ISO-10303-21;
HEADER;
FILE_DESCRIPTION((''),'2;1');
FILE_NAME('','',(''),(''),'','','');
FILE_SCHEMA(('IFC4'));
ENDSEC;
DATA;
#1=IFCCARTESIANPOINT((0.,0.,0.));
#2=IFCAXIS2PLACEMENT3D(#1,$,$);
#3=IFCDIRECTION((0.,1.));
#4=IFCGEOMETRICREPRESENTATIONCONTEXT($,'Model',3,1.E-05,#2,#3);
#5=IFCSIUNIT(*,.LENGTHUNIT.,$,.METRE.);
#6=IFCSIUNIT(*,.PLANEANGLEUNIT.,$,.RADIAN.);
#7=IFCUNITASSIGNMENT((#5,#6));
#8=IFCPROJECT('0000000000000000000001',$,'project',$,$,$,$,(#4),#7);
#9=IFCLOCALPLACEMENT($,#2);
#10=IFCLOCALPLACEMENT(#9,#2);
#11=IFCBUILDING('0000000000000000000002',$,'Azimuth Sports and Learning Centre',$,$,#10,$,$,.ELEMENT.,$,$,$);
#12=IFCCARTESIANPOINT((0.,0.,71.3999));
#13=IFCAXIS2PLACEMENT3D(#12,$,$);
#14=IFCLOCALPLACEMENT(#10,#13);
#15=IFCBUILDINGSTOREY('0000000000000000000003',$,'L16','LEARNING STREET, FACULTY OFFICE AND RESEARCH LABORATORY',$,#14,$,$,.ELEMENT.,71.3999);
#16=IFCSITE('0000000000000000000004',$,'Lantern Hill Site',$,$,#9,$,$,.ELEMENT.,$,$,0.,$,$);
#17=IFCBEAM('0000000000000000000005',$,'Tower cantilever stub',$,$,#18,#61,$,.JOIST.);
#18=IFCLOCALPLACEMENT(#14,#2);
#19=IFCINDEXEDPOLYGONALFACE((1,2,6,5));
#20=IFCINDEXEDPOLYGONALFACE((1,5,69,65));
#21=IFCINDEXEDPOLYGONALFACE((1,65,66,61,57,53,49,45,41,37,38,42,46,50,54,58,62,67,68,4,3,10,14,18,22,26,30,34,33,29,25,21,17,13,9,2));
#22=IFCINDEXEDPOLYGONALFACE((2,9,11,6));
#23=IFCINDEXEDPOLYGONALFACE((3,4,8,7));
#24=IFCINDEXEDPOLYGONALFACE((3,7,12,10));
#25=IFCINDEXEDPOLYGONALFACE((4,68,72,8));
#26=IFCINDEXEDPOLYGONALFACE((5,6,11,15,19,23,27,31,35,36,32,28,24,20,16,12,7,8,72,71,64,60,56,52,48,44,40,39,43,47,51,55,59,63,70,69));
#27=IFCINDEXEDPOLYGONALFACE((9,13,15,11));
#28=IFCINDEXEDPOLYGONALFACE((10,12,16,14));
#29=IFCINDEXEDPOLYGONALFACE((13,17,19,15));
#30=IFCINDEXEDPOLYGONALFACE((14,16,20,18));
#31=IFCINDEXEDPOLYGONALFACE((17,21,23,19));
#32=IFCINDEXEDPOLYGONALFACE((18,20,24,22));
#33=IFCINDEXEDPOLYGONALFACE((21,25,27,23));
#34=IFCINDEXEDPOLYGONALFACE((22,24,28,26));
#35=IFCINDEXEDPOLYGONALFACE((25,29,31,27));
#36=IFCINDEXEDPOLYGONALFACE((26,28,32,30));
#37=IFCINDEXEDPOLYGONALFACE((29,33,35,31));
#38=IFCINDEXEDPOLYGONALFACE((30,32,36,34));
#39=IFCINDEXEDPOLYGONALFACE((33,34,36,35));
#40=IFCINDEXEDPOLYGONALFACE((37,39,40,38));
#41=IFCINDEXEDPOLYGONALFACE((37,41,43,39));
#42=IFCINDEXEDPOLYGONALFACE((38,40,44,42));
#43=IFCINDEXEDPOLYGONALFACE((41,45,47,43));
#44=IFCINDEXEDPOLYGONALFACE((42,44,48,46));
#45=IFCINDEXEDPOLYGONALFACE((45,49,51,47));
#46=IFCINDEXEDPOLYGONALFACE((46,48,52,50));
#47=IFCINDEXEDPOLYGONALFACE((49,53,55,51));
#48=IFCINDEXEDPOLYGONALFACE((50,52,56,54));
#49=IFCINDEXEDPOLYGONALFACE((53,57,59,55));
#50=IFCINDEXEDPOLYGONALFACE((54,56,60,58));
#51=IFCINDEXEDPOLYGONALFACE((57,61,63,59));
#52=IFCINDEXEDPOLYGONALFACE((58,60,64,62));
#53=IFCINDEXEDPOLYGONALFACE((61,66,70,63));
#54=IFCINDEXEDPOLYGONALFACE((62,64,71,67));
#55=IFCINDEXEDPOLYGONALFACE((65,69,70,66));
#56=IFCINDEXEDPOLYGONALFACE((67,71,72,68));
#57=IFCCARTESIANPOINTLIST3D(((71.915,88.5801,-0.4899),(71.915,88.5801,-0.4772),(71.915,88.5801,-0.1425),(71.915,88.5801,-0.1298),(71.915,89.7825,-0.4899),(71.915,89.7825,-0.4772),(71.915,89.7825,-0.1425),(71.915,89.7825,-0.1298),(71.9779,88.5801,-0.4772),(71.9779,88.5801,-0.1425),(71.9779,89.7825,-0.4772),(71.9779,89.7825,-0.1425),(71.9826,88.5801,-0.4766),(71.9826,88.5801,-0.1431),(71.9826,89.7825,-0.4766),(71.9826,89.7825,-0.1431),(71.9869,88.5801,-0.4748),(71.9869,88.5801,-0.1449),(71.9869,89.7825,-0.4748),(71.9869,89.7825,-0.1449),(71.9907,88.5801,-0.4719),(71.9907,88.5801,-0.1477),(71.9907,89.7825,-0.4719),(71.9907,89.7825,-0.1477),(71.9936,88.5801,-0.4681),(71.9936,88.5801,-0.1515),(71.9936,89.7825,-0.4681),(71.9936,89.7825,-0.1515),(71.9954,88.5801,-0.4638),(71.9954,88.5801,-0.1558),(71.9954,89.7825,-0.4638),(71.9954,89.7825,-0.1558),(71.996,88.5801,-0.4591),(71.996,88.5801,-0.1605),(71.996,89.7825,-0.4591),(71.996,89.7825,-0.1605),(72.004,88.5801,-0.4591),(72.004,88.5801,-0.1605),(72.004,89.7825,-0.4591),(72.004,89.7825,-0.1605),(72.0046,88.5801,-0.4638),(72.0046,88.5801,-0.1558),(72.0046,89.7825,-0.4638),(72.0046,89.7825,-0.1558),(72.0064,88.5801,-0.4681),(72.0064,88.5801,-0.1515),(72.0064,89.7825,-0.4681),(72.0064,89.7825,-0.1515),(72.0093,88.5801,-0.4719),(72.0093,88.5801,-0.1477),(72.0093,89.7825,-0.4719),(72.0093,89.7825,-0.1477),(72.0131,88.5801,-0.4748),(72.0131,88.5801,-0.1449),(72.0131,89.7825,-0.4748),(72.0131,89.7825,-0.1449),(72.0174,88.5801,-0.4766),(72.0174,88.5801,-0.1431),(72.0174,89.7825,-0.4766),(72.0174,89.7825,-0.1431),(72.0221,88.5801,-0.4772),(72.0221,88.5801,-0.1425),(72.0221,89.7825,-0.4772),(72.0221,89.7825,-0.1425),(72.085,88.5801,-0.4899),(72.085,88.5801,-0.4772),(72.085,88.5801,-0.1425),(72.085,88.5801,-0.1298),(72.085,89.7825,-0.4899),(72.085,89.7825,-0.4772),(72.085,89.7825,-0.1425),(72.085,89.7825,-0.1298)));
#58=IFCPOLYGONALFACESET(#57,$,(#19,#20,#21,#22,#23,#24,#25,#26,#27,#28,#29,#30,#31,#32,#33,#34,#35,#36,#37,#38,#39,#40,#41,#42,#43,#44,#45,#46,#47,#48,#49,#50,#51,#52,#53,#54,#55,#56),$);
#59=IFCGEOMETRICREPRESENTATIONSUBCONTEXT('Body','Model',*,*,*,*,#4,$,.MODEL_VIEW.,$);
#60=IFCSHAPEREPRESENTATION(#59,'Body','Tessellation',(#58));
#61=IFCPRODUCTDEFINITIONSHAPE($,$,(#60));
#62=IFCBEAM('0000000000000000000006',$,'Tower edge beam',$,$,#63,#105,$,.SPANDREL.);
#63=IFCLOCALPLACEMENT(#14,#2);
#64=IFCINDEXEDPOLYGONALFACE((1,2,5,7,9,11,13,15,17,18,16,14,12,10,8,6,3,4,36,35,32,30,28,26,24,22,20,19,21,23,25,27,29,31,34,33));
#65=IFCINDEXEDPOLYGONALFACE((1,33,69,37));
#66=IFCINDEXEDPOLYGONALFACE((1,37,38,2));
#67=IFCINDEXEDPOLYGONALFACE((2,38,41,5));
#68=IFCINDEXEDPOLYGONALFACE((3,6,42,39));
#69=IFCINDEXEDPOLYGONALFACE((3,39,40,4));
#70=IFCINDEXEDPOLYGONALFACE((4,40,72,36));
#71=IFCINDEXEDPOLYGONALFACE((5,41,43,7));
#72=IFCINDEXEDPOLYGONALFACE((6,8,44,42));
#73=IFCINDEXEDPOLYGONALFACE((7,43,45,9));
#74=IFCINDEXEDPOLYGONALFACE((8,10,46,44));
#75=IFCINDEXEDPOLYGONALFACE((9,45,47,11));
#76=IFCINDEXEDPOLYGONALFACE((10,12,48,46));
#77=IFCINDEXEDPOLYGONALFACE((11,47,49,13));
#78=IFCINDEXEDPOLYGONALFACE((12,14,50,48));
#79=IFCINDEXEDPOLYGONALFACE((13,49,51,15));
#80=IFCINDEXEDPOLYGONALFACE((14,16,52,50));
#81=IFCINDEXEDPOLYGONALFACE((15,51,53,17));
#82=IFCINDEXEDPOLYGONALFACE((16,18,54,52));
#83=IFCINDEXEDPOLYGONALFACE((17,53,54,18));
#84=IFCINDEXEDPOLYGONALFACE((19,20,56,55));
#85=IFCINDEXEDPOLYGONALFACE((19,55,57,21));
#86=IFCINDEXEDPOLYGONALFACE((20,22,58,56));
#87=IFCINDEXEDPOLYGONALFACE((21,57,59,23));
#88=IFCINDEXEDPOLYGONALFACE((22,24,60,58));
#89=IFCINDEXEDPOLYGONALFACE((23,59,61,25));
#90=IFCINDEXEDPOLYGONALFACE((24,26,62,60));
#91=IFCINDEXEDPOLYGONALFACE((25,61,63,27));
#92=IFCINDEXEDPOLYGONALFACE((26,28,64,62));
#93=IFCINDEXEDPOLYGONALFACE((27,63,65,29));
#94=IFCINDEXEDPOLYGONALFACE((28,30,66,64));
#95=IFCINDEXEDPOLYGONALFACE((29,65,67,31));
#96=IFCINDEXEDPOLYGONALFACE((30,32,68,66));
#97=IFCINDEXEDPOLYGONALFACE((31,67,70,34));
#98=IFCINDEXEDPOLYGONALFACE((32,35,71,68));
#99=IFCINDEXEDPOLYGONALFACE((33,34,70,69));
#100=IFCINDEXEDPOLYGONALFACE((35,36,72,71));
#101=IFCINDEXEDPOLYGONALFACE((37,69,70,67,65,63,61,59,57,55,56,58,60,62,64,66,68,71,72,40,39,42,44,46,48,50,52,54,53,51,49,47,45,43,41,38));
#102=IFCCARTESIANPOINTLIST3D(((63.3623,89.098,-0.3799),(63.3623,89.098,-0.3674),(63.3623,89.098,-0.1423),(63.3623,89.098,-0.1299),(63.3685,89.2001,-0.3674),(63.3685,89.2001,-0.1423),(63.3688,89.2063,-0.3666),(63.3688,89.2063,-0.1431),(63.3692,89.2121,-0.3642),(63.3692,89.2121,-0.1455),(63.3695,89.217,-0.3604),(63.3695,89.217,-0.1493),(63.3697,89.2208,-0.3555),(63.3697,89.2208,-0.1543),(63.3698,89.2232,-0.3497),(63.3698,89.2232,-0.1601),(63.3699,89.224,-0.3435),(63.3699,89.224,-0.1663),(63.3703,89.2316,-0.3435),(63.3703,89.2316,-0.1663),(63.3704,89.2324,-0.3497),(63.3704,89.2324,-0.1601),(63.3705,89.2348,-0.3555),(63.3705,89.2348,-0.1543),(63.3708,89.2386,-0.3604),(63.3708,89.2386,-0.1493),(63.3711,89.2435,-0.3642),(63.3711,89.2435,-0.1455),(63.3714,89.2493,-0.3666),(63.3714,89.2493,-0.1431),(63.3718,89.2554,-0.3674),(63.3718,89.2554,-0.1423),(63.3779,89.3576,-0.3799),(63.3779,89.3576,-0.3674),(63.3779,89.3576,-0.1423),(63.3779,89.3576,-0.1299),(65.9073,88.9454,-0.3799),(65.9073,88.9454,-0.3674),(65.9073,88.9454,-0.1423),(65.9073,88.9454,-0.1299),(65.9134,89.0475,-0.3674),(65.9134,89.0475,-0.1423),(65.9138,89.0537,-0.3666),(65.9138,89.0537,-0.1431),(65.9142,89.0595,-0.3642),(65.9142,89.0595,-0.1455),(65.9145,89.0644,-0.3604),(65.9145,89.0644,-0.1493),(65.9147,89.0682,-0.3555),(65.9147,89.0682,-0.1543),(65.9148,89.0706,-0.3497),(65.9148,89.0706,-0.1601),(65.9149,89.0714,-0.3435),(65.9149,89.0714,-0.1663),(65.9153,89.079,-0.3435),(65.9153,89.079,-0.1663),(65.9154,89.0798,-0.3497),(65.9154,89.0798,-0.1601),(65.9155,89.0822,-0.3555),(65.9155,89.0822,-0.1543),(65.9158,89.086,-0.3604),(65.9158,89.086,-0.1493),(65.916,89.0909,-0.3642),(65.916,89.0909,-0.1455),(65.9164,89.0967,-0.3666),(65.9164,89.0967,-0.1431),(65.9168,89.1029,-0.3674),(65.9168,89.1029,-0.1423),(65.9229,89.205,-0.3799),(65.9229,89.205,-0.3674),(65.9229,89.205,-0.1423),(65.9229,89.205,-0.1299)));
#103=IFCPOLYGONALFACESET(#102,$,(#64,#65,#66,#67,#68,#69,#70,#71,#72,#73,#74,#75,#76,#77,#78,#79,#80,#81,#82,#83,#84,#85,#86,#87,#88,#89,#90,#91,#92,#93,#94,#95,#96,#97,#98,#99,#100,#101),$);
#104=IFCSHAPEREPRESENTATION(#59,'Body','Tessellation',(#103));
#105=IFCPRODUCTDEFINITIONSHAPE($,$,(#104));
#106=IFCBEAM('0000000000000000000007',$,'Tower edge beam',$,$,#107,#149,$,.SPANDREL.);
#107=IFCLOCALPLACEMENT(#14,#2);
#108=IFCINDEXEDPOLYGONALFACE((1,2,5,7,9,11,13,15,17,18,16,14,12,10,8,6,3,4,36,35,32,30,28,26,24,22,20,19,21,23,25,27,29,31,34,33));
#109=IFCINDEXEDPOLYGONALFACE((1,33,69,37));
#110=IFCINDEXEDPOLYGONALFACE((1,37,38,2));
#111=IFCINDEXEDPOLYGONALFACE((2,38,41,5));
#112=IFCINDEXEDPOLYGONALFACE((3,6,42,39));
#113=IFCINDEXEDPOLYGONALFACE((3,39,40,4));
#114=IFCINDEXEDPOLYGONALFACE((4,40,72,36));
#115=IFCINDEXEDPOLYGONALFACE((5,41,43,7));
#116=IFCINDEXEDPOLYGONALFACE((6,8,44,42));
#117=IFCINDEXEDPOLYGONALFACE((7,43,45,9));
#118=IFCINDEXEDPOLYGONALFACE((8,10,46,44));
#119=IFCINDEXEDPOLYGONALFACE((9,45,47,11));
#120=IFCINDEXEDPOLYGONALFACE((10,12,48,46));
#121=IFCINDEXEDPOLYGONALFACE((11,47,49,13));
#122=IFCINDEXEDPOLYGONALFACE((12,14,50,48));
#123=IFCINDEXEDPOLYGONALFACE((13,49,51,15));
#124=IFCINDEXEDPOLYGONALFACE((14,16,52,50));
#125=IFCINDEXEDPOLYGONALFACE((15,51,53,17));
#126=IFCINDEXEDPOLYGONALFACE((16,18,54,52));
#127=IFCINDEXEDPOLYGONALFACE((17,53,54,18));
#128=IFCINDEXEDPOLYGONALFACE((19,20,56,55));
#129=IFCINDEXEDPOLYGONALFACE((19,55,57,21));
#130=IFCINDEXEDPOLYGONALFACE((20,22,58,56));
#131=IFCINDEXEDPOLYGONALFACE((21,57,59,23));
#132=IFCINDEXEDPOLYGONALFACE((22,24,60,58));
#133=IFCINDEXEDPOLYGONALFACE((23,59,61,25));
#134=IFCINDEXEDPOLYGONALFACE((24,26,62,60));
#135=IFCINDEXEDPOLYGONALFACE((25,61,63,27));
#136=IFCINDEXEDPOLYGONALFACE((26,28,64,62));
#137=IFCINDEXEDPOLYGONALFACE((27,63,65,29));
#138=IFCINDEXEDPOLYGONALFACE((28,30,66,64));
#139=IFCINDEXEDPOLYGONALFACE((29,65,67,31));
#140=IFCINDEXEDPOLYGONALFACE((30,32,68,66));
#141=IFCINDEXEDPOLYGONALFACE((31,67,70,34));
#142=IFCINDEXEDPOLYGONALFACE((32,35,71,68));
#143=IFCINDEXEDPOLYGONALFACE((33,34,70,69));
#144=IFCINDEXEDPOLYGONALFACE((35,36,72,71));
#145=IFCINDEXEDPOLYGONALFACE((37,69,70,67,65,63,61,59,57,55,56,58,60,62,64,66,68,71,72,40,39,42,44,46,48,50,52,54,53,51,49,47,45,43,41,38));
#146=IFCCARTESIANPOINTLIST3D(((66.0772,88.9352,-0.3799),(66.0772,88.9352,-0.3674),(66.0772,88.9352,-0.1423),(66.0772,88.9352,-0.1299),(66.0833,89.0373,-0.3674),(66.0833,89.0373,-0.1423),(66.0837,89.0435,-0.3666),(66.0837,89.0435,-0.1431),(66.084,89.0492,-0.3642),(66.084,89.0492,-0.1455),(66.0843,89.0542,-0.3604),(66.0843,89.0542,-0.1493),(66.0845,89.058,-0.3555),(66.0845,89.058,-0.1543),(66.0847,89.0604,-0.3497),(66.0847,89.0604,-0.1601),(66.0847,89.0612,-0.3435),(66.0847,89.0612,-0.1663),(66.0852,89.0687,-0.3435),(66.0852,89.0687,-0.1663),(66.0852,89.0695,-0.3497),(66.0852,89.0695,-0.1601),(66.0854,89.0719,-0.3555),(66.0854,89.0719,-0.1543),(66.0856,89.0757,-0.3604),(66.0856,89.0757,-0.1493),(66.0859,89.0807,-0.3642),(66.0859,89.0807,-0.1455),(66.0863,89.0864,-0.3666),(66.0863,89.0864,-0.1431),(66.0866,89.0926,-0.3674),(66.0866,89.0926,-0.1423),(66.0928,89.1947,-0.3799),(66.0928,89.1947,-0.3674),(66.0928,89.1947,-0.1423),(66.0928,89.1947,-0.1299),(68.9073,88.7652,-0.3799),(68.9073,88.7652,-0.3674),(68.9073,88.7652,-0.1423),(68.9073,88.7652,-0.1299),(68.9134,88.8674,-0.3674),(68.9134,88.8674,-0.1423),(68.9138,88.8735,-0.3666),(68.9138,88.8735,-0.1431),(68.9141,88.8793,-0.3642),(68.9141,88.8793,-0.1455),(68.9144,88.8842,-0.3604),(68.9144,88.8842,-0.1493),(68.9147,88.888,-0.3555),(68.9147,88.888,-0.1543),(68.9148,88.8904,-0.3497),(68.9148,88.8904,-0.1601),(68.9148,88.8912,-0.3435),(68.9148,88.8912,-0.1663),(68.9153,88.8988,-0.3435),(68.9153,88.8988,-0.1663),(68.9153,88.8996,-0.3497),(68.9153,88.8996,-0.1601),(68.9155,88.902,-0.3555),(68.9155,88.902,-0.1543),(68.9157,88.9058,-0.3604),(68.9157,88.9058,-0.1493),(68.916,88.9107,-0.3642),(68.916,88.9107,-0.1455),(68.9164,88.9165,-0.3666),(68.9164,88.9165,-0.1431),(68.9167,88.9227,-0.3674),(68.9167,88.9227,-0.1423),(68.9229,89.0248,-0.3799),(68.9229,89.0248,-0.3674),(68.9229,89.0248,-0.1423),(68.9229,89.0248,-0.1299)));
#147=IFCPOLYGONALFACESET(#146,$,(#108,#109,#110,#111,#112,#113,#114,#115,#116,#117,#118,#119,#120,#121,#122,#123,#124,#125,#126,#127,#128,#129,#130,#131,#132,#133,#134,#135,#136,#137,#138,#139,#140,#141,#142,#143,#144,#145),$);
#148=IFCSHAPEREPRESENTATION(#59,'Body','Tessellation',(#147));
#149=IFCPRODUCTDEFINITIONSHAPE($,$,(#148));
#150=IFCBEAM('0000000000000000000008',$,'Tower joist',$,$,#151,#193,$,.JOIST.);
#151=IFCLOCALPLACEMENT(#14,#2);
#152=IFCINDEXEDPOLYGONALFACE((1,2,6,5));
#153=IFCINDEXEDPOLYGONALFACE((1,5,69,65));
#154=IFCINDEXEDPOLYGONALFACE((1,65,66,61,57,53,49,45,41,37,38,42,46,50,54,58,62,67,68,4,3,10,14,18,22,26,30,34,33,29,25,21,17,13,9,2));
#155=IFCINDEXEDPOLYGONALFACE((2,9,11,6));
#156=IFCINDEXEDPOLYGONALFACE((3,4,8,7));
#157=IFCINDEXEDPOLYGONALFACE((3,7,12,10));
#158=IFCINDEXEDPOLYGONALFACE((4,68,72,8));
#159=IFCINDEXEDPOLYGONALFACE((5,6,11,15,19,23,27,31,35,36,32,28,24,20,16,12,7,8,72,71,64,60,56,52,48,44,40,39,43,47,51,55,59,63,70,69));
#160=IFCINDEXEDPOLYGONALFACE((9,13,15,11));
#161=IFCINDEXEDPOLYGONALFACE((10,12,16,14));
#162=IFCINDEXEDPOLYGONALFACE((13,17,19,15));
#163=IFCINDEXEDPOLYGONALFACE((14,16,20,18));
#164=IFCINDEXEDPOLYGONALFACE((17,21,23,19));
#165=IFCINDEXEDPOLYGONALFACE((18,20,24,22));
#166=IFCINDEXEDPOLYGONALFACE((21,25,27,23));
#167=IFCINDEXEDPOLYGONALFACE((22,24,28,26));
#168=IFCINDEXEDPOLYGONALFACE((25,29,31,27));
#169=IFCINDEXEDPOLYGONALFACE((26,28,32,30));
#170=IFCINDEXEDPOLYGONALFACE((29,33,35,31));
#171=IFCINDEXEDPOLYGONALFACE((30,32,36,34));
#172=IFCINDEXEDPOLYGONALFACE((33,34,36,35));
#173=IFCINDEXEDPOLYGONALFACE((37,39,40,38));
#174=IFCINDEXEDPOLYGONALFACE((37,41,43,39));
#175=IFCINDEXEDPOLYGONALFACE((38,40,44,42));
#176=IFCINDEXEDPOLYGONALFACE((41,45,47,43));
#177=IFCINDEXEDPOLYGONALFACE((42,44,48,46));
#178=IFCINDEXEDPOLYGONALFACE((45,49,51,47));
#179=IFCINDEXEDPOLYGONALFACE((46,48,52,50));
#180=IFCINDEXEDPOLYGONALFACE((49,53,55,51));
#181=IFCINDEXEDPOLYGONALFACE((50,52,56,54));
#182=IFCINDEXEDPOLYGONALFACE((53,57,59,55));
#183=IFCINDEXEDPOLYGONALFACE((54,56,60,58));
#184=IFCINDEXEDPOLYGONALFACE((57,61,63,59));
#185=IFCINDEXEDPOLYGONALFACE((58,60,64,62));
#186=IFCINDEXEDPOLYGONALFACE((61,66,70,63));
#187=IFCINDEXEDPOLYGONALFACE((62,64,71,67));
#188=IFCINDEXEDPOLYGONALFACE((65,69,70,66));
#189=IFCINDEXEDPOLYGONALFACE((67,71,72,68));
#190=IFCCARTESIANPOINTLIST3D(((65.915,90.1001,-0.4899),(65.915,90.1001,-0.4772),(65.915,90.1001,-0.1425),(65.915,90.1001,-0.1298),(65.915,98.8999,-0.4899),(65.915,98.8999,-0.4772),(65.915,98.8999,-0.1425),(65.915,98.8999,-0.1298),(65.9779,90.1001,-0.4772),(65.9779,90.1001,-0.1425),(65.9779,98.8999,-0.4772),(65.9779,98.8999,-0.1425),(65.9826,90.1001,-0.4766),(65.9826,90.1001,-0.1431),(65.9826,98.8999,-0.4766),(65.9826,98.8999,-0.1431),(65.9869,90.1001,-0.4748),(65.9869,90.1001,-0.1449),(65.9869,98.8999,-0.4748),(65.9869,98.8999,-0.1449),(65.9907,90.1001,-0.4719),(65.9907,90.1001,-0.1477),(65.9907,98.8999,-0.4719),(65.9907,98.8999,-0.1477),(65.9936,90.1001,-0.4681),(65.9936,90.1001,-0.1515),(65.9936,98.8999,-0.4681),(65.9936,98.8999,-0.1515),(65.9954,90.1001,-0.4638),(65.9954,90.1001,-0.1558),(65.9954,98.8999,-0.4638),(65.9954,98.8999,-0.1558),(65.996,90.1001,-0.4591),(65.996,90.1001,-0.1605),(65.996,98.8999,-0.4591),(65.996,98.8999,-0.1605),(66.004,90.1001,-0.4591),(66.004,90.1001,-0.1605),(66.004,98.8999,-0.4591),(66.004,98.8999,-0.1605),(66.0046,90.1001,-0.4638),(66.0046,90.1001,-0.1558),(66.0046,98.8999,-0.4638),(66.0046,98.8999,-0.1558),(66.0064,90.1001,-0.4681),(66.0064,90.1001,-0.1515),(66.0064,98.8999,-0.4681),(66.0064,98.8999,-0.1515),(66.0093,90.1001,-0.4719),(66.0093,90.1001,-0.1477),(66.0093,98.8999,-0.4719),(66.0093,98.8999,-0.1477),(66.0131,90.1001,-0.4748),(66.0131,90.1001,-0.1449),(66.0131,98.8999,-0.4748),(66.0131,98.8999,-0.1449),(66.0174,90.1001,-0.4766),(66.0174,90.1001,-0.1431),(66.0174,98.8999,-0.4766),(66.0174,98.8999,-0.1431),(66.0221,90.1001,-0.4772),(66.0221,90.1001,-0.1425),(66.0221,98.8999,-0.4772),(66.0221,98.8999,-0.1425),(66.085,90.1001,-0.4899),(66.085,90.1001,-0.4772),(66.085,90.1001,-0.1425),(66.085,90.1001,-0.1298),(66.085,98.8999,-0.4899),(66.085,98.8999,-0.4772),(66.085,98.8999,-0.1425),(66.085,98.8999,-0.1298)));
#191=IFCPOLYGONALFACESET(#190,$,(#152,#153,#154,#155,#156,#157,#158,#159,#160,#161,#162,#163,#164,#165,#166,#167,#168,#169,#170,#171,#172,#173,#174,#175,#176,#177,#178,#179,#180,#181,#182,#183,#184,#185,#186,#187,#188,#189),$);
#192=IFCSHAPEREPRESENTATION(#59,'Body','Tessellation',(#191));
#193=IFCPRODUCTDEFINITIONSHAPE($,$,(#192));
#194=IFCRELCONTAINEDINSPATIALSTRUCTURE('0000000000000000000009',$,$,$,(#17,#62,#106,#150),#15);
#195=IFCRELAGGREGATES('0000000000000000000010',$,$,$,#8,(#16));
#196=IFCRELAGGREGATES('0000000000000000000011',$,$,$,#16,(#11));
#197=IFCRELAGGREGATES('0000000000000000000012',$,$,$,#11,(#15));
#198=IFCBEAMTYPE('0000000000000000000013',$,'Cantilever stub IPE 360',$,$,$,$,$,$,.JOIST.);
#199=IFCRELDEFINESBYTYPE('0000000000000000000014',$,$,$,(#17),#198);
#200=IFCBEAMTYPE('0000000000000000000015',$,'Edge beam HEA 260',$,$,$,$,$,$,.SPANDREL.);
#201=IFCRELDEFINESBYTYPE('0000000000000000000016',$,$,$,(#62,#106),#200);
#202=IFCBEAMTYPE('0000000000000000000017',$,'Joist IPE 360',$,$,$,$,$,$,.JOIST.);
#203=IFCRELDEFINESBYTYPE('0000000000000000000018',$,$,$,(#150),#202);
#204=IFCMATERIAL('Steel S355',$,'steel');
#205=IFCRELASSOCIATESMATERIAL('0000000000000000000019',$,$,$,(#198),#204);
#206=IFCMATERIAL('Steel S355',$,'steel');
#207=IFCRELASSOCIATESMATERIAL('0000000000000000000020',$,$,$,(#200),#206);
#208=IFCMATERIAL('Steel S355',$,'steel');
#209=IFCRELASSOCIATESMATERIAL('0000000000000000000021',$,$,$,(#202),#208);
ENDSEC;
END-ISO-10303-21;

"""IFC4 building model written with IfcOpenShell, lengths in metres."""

from ifc_helpers import new_model, si_unit, direction, frame, origin, origin_2d, place, context, subcontext, project, spatial, i_section, extrude, material, material_profile, profile_set, type_object, element, save


model = new_model("IFC4")

# Units and contexts
model_context = context("Model", 3, precision=1e-05, world=origin(), true_north=direction((0.0, 1.0)))
body_context = subcontext(model_context, "Body", "Model", "MODEL_VIEW")
ifc_project = project(units=[si_unit("LENGTHUNIT", "METRE"), si_unit("PLANEANGLEUNIT", "RADIAN")], contexts=[model_context])

# Site, building, storey
site_placement = place(None, origin())
site = spatial("IfcSite", under=ifc_project, at=site_placement, Name="Lantern Hill Site", CompositionType="ELEMENT", RefElevation=0.0)
building_placement = place(site_placement, origin())
building = spatial("IfcBuilding", under=site, at=building_placement, Name="Azimuth Sports and Learning Centre", CompositionType="ELEMENT")
storey_placement = place(building_placement, frame((0.0, 0.0, 71.3999)))
storey = spatial("IfcBuildingStorey", under=building, at=storey_placement, Name="L16", Description="LEARNING STREET, FACULTY OFFICE AND RESEARCH LABORATORY", CompositionType="ELEMENT", Elevation=71.3999)

# Beams
ifc_material_1 = material(Name="Steel S355", Category="steel")
ifc_material_profile_1 = material_profile(ifc_material_1, i_section(OverallWidth=0.1699, OverallDepth=0.3601, WebThickness=0.0081, FlangeThickness=0.0127, FilletRadius=0.0181, at=origin_2d()), Name="IPE 360")
ifc_profile_set_1 = profile_set([ifc_material_profile_1], Name="Steel S355")
beam_type_1 = type_object("IfcBeamType", Name="Cantilever stub IPE 360", PredefinedType="JOIST", material=ifc_profile_set_1)
beam_1_placement = place(storey_placement, frame((72.0, 89.7825, -0.3098), z_axis=(0.0, -1.0, 0.0), x_axis=(1.0, 0.0, 0.0)))
element("IfcBeam", 1, at=beam_1_placement, inside=storey, type_object=beam_type_1, Name="Tower cantilever stub", PredefinedType="JOIST", context=body_context, shape_type="SweptSolid", body=[
    extrude(i_section(OverallWidth=0.1699, OverallDepth=0.3601, WebThickness=0.0081, FlangeThickness=0.0127, FilletRadius=0.0181, at=origin_2d()), origin(), (0.0, 0.0, 1.0), 1.2024),
])
ifc_material_2 = material(Name="Steel S355", Category="steel")
ifc_material_profile_2 = material_profile(ifc_material_2, i_section(OverallWidth=0.26, OverallDepth=0.25, WebThickness=0.0076, FlangeThickness=0.0125, FilletRadius=0.0239, at=origin_2d()), Name="HEA 260")
ifc_profile_set_2 = profile_set([ifc_material_profile_2], Name="Steel S355")
beam_type_2 = type_object("IfcBeamType", Name="Edge beam HEA 260", PredefinedType="SPANDREL", material=ifc_profile_set_2)
beam_2_placement = place(storey_placement, frame((63.3701, 89.2278, -0.2549), z_axis=(0.998207, -0.05985, 0.0), x_axis=(0.05985, 0.998207, 0.0)))
element("IfcBeam", 2, at=beam_2_placement, inside=storey, type_object=beam_type_2, Name="Tower edge beam", PredefinedType="SPANDREL", context=body_context, shape_type="SweptSolid", body=[
    extrude(i_section(OverallWidth=0.26, OverallDepth=0.25, WebThickness=0.0076, FlangeThickness=0.0125, FilletRadius=0.0239, at=origin_2d()), origin(), (0.0, 0.0, 1.0), 2.5496),
])
beam_3_placement = place(storey_placement, frame((66.085, 89.0649, -0.2549), z_axis=(0.998202, -0.059933, 0.0), x_axis=(0.059933, 0.998202, 0.0)))
element("IfcBeam", 3, at=beam_3_placement, inside=storey, type_object=beam_type_2, Name="Tower edge beam", PredefinedType="SPANDREL", context=body_context, shape_type="SweptSolid", body=[
    extrude(i_section(OverallWidth=0.26, OverallDepth=0.25, WebThickness=0.0076, FlangeThickness=0.0125, FilletRadius=0.0239, at=origin_2d()), origin(), (0.0, 0.0, 1.0), 2.8352),
])
ifc_material_3 = material(Name="Steel S355", Category="steel")
ifc_material_profile_3 = material_profile(ifc_material_3, i_section(OverallWidth=0.1699, OverallDepth=0.3601, WebThickness=0.0081, FlangeThickness=0.0127, FilletRadius=0.0181, at=origin_2d()), Name="IPE 360")
ifc_profile_set_3 = profile_set([ifc_material_profile_3], Name="Steel S355")
beam_type_3 = type_object("IfcBeamType", Name="Joist IPE 360", PredefinedType="JOIST", material=ifc_profile_set_3)
for number, where, z_axis, x_axis, name in (
    (4, (66.0, 90.1001, -0.3098), (0.0, 1.0, 0.0), (-1.0, 0.0, 0.0), "Tower joist"),
):
    element("IfcBeam", number, at=place(storey_placement, frame(where, z_axis=z_axis, x_axis=x_axis)), inside=storey, type_object=beam_type_3, Name=name, PredefinedType="JOIST", context=body_context, shape_type="SweptSolid", body=[
        extrude(i_section(OverallWidth=0.1699, OverallDepth=0.3601, WebThickness=0.0081, FlangeThickness=0.0127, FilletRadius=0.0181, at=origin_2d()), origin(), (0.0, 0.0, 1.0), 8.7998),
    ])

save(model, "model.ifc")
